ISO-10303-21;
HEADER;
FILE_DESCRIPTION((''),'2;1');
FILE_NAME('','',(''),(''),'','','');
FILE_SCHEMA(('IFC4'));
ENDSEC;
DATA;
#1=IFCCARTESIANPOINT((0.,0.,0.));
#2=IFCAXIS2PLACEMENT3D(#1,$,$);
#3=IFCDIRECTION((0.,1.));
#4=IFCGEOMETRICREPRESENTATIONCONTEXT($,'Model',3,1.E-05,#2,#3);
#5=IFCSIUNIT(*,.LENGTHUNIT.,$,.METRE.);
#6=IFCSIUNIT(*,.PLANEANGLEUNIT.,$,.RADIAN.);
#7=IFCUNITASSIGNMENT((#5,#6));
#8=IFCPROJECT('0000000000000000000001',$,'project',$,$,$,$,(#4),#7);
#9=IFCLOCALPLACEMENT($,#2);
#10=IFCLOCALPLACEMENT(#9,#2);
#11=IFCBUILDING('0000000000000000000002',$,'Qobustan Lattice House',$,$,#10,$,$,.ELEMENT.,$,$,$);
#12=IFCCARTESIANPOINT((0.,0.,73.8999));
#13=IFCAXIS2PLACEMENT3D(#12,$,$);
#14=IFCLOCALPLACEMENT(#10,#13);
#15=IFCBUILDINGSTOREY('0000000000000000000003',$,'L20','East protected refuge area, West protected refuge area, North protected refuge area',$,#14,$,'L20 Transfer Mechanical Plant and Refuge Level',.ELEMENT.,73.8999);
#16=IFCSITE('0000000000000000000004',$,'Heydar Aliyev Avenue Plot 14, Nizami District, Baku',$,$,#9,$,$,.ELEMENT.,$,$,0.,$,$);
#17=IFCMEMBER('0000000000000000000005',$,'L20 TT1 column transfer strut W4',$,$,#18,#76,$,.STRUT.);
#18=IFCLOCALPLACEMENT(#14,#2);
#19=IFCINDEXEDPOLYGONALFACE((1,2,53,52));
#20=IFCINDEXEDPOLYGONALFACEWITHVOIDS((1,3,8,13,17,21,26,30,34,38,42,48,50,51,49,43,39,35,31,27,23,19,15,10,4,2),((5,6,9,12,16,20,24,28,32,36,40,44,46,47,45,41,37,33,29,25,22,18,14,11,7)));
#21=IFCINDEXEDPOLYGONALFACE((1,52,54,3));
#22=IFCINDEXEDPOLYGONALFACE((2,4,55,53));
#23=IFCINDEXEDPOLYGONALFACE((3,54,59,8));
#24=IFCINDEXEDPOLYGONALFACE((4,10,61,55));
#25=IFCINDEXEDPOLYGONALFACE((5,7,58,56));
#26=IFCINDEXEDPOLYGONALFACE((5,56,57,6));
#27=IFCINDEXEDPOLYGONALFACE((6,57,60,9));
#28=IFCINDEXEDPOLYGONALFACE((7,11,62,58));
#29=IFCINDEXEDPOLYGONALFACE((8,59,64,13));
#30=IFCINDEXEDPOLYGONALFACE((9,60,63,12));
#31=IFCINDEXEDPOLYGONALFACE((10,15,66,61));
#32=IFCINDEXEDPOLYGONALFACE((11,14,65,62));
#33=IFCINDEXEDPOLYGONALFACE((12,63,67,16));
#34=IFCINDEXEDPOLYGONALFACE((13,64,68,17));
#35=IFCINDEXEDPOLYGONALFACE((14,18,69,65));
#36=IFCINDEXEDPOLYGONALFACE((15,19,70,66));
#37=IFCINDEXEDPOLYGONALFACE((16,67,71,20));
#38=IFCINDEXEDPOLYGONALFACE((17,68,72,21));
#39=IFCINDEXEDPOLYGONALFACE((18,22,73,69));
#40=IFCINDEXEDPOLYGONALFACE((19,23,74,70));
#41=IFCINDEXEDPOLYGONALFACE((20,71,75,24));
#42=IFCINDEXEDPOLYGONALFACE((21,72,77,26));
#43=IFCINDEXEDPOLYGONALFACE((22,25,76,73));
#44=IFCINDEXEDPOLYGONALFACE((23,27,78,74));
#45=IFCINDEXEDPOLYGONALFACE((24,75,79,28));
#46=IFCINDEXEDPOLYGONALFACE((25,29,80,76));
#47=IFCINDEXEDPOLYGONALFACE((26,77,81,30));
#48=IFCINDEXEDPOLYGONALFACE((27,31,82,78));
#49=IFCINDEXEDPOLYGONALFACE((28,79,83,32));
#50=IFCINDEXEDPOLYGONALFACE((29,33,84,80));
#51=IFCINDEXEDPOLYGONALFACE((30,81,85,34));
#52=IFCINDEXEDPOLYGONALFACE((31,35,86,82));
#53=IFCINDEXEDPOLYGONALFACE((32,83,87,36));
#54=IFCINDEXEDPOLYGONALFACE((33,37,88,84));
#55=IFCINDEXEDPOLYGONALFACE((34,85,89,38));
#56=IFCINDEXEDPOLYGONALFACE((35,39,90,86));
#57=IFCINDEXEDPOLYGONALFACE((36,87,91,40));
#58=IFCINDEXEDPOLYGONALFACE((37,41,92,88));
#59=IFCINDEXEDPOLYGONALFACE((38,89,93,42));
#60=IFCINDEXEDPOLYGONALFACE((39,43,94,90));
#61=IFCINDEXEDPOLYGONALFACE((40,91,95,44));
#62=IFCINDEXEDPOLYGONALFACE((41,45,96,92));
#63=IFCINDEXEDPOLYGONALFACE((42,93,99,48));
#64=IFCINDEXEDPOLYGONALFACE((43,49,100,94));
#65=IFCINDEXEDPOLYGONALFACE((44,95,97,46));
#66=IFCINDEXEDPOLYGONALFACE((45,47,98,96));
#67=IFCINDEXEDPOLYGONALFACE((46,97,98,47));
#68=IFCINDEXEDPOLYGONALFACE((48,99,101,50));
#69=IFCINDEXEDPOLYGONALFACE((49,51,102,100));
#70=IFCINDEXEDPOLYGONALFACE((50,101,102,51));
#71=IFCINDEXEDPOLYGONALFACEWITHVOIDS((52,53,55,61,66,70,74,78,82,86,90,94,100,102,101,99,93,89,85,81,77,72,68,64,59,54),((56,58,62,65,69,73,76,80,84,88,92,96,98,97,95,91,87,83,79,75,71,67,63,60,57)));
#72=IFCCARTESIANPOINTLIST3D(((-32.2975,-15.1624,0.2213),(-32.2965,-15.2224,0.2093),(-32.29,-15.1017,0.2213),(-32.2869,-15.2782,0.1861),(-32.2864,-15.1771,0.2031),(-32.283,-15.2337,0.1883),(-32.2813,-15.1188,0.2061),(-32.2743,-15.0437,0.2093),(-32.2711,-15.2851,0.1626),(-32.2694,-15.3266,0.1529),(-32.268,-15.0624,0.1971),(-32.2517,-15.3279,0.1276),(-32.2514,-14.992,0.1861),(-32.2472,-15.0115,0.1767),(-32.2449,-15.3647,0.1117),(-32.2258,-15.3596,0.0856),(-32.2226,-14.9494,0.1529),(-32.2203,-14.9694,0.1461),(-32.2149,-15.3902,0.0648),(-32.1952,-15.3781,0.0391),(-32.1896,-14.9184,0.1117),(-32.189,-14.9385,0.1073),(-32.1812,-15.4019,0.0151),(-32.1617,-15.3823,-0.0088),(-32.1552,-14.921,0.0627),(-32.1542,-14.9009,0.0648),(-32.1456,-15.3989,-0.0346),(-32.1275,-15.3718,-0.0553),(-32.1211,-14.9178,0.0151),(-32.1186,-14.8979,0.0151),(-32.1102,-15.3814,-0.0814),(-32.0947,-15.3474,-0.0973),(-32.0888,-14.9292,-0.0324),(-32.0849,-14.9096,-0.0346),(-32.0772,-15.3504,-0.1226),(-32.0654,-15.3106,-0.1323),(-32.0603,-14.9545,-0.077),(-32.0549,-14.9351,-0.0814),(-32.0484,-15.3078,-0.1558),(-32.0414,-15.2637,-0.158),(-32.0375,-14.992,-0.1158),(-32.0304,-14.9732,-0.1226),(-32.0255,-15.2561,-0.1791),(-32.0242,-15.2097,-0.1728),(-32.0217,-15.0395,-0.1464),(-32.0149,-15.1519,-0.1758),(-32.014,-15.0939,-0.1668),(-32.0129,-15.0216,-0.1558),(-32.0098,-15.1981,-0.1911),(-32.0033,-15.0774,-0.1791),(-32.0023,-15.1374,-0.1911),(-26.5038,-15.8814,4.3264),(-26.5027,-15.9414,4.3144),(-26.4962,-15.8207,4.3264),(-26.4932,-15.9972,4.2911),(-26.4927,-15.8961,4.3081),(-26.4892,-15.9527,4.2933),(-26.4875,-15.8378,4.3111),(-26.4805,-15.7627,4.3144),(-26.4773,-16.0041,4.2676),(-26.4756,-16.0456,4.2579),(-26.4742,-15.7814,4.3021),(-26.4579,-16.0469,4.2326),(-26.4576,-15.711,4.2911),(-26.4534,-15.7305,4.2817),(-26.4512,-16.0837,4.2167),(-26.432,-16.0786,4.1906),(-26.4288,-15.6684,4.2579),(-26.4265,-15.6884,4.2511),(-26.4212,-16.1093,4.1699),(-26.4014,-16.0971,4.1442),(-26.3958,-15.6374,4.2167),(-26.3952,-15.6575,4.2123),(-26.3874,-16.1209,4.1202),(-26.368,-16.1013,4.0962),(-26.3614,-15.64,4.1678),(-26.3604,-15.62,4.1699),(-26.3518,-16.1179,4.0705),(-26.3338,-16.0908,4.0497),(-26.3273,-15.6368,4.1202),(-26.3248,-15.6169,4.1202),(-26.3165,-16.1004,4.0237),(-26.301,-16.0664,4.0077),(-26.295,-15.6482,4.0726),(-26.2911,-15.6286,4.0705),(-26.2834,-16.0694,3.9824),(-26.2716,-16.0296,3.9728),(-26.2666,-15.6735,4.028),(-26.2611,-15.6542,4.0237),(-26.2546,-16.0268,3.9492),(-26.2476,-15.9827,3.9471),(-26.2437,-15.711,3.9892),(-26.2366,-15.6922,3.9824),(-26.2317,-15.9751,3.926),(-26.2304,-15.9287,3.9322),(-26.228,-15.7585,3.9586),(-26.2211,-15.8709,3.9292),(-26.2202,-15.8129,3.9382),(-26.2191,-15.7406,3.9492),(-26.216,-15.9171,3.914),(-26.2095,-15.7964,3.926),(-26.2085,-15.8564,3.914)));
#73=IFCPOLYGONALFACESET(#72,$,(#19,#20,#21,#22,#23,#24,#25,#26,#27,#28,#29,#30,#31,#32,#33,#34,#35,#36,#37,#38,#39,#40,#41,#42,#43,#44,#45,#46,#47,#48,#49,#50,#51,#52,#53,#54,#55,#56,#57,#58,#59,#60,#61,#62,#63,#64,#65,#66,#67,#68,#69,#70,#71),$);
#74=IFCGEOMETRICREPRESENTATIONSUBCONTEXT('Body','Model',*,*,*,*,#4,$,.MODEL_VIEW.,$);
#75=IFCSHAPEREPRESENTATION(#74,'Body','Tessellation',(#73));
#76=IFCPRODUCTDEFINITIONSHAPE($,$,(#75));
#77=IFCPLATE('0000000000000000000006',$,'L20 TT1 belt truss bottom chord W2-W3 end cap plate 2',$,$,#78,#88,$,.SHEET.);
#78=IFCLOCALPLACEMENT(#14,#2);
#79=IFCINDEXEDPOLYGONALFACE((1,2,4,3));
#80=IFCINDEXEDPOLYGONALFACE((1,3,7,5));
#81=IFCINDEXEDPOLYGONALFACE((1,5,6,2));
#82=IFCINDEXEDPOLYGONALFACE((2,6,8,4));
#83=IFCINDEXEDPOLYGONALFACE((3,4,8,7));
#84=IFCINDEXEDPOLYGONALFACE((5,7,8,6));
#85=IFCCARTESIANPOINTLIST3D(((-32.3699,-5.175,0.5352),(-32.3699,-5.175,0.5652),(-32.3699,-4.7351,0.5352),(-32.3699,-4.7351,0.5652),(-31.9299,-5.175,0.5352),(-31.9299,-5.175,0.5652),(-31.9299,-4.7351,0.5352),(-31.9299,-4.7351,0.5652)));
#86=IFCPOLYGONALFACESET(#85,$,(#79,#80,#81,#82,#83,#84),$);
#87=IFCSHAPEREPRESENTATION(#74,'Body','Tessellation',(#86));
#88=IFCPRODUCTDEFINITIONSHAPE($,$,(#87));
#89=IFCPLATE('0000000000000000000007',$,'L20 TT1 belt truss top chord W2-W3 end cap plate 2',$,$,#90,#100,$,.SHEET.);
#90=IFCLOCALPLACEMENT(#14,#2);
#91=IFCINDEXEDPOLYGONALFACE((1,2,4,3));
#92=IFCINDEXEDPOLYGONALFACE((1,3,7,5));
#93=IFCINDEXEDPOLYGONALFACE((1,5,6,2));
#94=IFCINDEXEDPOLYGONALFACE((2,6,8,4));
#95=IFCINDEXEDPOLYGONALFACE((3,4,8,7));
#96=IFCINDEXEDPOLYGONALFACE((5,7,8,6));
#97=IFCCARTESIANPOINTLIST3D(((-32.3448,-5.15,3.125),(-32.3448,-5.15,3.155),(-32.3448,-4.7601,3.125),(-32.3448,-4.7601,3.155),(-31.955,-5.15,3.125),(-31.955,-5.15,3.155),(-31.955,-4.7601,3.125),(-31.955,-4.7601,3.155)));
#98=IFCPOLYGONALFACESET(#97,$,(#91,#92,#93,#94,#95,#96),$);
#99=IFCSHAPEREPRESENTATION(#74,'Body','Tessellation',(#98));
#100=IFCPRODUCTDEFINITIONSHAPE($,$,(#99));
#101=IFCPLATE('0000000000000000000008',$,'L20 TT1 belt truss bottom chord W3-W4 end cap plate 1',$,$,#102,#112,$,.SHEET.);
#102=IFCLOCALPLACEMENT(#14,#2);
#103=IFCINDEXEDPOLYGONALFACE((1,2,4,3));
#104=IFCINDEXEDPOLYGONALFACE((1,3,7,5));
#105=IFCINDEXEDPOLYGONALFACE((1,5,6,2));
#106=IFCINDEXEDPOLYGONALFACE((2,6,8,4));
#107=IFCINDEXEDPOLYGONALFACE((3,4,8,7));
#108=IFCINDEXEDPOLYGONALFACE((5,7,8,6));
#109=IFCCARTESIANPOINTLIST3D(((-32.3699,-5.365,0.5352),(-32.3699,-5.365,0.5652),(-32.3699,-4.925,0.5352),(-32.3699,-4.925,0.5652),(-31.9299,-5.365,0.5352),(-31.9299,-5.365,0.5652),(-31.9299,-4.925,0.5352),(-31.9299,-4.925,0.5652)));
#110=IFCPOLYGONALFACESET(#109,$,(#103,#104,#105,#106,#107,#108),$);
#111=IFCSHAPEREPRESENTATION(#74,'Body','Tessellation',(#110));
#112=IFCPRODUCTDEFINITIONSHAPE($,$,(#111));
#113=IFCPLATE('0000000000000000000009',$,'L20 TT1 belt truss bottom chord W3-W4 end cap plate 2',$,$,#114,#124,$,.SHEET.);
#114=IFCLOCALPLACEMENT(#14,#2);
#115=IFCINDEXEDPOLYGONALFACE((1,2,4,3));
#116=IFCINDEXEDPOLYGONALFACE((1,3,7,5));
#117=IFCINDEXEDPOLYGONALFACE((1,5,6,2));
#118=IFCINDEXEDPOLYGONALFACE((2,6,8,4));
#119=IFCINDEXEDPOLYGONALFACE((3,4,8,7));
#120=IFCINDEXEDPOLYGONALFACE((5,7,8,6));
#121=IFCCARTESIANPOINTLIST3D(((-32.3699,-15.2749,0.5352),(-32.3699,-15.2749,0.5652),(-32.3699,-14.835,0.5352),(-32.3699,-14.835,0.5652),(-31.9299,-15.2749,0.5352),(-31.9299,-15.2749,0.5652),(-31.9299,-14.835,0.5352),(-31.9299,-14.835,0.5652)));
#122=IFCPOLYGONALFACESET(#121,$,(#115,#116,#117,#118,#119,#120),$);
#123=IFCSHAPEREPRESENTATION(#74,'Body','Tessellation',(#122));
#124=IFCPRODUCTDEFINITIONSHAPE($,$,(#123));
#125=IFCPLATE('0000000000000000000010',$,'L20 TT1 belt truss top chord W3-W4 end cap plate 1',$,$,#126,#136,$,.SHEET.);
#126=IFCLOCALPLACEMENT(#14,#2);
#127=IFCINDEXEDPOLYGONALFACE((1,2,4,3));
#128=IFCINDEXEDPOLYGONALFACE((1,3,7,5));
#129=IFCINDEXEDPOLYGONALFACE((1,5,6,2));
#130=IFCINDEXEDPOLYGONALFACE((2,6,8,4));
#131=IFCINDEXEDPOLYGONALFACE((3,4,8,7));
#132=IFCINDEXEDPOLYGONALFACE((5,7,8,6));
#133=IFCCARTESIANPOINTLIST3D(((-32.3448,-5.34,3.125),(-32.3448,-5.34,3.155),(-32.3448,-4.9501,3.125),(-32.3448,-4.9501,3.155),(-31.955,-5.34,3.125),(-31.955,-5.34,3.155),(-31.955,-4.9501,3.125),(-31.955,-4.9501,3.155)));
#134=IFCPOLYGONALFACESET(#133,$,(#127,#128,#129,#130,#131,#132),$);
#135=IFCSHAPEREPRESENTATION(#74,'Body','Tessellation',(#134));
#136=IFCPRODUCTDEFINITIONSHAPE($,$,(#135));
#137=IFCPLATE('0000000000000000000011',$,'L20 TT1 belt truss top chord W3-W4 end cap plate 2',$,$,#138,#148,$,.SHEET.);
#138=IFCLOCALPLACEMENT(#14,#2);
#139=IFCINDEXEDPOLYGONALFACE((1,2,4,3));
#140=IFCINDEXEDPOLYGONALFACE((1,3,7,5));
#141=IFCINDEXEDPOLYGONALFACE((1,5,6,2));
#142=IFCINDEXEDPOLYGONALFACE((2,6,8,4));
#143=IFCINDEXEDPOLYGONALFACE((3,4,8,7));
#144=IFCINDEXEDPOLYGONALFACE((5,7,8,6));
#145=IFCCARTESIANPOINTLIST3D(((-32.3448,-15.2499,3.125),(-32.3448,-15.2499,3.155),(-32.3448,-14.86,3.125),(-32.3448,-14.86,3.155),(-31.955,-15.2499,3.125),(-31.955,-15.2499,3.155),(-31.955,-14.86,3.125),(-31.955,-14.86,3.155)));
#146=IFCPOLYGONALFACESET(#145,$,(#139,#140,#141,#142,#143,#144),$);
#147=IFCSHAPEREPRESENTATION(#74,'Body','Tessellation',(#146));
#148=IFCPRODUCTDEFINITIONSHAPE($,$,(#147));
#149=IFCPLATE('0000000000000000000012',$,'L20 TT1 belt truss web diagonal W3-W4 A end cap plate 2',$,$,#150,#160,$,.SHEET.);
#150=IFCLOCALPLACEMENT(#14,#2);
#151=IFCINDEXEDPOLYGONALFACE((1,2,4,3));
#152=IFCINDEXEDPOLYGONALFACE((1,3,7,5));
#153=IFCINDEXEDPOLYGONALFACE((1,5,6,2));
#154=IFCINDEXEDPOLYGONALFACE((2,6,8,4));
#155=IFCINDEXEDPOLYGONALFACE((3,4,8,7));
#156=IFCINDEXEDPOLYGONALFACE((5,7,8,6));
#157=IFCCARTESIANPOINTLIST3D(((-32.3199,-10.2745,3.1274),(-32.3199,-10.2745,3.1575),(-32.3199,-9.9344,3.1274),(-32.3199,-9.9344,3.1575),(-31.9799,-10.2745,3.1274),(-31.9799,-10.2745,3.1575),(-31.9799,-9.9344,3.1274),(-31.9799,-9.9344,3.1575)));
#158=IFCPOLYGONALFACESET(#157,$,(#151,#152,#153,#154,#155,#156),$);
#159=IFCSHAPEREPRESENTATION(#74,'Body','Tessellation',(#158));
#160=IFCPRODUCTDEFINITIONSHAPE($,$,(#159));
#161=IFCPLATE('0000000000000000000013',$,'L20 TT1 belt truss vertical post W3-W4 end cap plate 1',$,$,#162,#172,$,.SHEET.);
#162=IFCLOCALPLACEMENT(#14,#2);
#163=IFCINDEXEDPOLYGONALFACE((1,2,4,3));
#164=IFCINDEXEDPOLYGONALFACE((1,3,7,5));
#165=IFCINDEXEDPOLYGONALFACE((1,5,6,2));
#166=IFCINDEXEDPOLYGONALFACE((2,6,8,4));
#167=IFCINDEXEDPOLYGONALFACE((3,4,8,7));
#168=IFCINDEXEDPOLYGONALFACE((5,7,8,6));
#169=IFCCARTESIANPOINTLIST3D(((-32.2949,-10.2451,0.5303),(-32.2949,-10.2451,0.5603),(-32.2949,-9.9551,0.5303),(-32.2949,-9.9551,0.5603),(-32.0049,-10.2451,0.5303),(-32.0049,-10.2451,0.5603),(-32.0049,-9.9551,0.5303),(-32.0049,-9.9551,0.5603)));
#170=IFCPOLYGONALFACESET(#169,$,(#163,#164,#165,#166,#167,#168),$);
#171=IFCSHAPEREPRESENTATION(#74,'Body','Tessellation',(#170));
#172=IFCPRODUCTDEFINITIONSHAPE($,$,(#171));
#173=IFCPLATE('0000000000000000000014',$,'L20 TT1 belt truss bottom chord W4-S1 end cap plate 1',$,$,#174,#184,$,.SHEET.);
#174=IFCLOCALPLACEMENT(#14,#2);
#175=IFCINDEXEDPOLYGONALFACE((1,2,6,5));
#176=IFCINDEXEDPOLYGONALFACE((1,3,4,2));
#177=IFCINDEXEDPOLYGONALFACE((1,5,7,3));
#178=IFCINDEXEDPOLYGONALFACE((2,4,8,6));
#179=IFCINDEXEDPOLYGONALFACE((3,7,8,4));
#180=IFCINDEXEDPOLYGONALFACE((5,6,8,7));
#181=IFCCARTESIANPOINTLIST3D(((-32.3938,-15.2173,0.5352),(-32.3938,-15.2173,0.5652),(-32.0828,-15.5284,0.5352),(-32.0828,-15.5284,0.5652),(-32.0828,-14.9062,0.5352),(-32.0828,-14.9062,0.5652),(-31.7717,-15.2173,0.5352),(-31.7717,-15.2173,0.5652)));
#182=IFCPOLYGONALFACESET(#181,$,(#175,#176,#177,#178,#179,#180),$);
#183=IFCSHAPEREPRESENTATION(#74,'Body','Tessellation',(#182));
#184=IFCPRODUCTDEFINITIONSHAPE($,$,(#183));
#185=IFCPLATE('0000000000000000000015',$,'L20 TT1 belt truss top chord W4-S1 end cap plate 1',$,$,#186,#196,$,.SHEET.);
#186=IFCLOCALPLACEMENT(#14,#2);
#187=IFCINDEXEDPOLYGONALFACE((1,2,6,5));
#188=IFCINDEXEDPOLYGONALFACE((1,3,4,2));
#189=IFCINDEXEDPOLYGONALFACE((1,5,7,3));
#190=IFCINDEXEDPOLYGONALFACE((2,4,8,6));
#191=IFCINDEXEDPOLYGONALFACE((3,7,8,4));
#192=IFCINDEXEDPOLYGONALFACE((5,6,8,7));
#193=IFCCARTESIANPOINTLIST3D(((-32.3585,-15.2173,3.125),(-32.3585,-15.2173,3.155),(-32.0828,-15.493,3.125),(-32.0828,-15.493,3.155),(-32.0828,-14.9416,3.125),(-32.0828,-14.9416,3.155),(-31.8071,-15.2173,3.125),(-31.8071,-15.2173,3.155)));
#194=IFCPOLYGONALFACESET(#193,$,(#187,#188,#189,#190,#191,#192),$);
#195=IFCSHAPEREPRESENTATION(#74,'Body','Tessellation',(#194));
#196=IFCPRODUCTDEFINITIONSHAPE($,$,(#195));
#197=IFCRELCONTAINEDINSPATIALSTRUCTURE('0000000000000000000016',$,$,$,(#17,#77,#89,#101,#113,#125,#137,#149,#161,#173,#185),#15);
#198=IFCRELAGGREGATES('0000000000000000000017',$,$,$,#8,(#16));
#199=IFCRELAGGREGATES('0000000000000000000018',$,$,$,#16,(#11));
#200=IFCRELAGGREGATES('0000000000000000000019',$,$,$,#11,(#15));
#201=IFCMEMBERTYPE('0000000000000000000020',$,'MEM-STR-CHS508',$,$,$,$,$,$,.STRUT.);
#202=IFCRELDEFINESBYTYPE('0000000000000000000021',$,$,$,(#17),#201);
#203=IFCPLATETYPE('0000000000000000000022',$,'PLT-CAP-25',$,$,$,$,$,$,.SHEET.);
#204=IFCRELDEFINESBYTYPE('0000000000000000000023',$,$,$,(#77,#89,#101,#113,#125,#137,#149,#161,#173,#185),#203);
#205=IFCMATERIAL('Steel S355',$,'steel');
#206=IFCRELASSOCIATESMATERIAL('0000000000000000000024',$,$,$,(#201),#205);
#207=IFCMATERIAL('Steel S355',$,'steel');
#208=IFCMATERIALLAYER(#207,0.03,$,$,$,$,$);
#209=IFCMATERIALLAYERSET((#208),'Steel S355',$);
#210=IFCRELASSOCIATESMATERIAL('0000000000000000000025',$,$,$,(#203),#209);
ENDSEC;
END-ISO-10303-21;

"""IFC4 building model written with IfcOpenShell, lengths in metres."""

from ifc_helpers import new_model, si_unit, direction, frame, origin, origin_2d, place, context, subcontext, project, spatial, rectangle, hollow_circle, extrude, material, layer, layer_set, material_profile, profile_set, type_object, element, save


model = new_model("IFC4")

# Units and contexts
model_context = context("Model", 3, precision=1e-05, world=origin(), true_north=direction((0.0, 1.0)))
body_context = subcontext(model_context, "Body", "Model", "MODEL_VIEW")
ifc_project = project(units=[si_unit("LENGTHUNIT", "METRE"), si_unit("PLANEANGLEUNIT", "RADIAN")], contexts=[model_context])

# Site, building, storey
site_placement = place(None, origin())
site = spatial("IfcSite", under=ifc_project, at=site_placement, Name="Heydar Aliyev Avenue Plot 14, Nizami District, Baku", CompositionType="ELEMENT", RefElevation=0.0)
building_placement = place(site_placement, origin())
building = spatial("IfcBuilding", under=site, at=building_placement, Name="Qobustan Lattice House", CompositionType="ELEMENT")
storey_placement = place(building_placement, frame((0.0, 0.0, 73.8999)))
storey = spatial("IfcBuildingStorey", under=building, at=storey_placement, Name="L20", Description="East protected refuge area, West protected refuge area, North protected refuge area", LongName="L20 Transfer Mechanical Plant and Refuge Level", CompositionType="ELEMENT", Elevation=73.8999)

# Member
ifc_material_1 = material(Name="Steel S355", Category="steel")
ifc_material_profile_1 = material_profile(ifc_material_1, hollow_circle(Radius=0.2539, WallThickness=0.02, at=origin_2d()), Name="CHS508x20")
ifc_profile_set_1 = profile_set([ifc_material_profile_1], Name="Steel S355")
member_type_1 = type_object("IfcMemberType", Name="MEM-STR-CHS508", PredefinedType="STRUT", material=ifc_profile_set_1)
member_1_placement = place(storey_placement, frame((-32.1499, -15.1499, 0.0151), z_axis=(0.8118, -0.100744, 0.57518), x_axis=(0.123155, 0.992388, 0.0)))
element("IfcMember", 1, at=member_1_placement, inside=storey, type_object=member_type_1, Name="L20 TT1 column transfer strut W4", PredefinedType="STRUT", context=body_context, shape_type="SweptSolid", body=[
    extrude(hollow_circle(Radius=0.2539, WallThickness=0.02, at=origin_2d()), origin(), (0.0, 0.0, 1.0), 7.137),
])

# Plates
ifc_material_2 = material(Name="Steel S355", Category="steel")
ifc_layer_1 = layer(ifc_material_2, 0.03)
ifc_layer_set_1 = layer_set([ifc_layer_1], Name="Steel S355")
plate_type = type_object("IfcPlateType", Name="PLT-CAP-25", PredefinedType="SHEET", material=ifc_layer_set_1)
plate_1_placement = place(storey_placement, frame((-32.1499, -4.9551, 0.5352), z_axis=(0.0, 0.0, 1.0), x_axis=(0.0, -1.0, 0.0)))
element("IfcPlate", 2, at=plate_1_placement, inside=storey, type_object=plate_type, Name="L20 TT1 belt truss bottom chord W2-W3 end cap plate 2", PredefinedType="SHEET", context=body_context, shape_type="SweptSolid", body=[
    extrude(rectangle(XDim=0.4399, YDim=0.4399, at=origin_2d()), origin(), (0.0, 0.0, 1.0), 0.03),
])
plate_2_placement = place(storey_placement, frame((-32.1499, -4.9551, 3.125), z_axis=(0.0, 0.0, 1.0), x_axis=(0.0, -1.0, 0.0)))
element("IfcPlate", 3, at=plate_2_placement, inside=storey, type_object=plate_type, Name="L20 TT1 belt truss top chord W2-W3 end cap plate 2", PredefinedType="SHEET", context=body_context, shape_type="SweptSolid", body=[
    extrude(rectangle(XDim=0.3899, YDim=0.3899, at=origin_2d()), origin(), (0.0, 0.0, 1.0), 0.03),
])
for number, where, z_axis, x_axis, name in (
    (4, (-32.1499, -5.145, 0.5352), (0.0, 0.0, 1.0), (0.0, -1.0, 0.0), "L20 TT1 belt truss bottom chord W3-W4 end cap plate 1"),
    (5, (-32.1499, -15.0549, 0.5352), (0.0, 0.0, 1.0), (0.0, -1.0, 0.0), "L20 TT1 belt truss bottom chord W3-W4 end cap plate 2"),
):
    element("IfcPlate", number, at=place(storey_placement, frame(where, z_axis=z_axis, x_axis=x_axis)), inside=storey, type_object=plate_type, Name=name, PredefinedType="SHEET", context=body_context, shape_type="SweptSolid", body=[
        extrude(rectangle(XDim=0.4399, YDim=0.4399, at=origin_2d()), origin(), (0.0, 0.0, 1.0), 0.03),
    ])
for number, where, z_axis, x_axis, name in (
    (6, (-32.1499, -5.145, 3.125), (0.0, 0.0, 1.0), (0.0, -1.0, 0.0), "L20 TT1 belt truss top chord W3-W4 end cap plate 1"),
    (7, (-32.1499, -15.0549, 3.125), (0.0, 0.0, 1.0), (0.0, -1.0, 0.0), "L20 TT1 belt truss top chord W3-W4 end cap plate 2"),
):
    element("IfcPlate", number, at=place(storey_placement, frame(where, z_axis=z_axis, x_axis=x_axis)), inside=storey, type_object=plate_type, Name=name, PredefinedType="SHEET", context=body_context, shape_type="SweptSolid", body=[
        extrude(rectangle(XDim=0.3899, YDim=0.3899, at=origin_2d()), origin(), (0.0, 0.0, 1.0), 0.03),
    ])
plate_3_placement = place(storey_placement, frame((-32.1499, -10.1045, 3.1274), z_axis=(0.0, 0.0, 1.0), x_axis=(0.0, -1.0, 0.0)))
element("IfcPlate", 8, at=plate_3_placement, inside=storey, type_object=plate_type, Name="L20 TT1 belt truss web diagonal W3-W4 A end cap plate 2", PredefinedType="SHEET", context=body_context, shape_type="SweptSolid", body=[
    extrude(rectangle(XDim=0.3401, YDim=0.3401, at=origin_2d()), origin(), (0.0, 0.0, 1.0), 0.03),
])
plate_4_placement = place(storey_placement, frame((-32.1499, -10.1001, 0.5303), z_axis=(0.0, 0.0, 1.0), x_axis=(1.0, 0.0, 0.0)))
element("IfcPlate", 9, at=plate_4_placement, inside=storey, type_object=plate_type, Name="L20 TT1 belt truss vertical post W3-W4 end cap plate 1", PredefinedType="SHEET", context=body_context, shape_type="SweptSolid", body=[
    extrude(rectangle(XDim=0.29, YDim=0.29, at=origin_2d()), origin(), (0.0, 0.0, 1.0), 0.03),
])
plate_5_placement = place(storey_placement, frame((-32.0828, -15.2173, 0.5352), z_axis=(0.0, 0.0, 1.0), x_axis=(0.707107, -0.707107, 0.0)))
element("IfcPlate", 10, at=plate_5_placement, inside=storey, type_object=plate_type, Name="L20 TT1 belt truss bottom chord W4-S1 end cap plate 1", PredefinedType="SHEET", context=body_context, shape_type="SweptSolid", body=[
    extrude(rectangle(XDim=0.4399, YDim=0.4399, at=origin_2d()), origin(), (0.0, 0.0, 1.0), 0.03),
])
plate_6_placement = place(storey_placement, frame((-32.0828, -15.2173, 3.125), z_axis=(0.0, 0.0, 1.0), x_axis=(0.707107, -0.707107, 0.0)))
element("IfcPlate", 11, at=plate_6_placement, inside=storey, type_object=plate_type, Name="L20 TT1 belt truss top chord W4-S1 end cap plate 1", PredefinedType="SHEET", context=body_context, shape_type="SweptSolid", body=[
    extrude(rectangle(XDim=0.3899, YDim=0.3899, at=origin_2d()), origin(), (0.0, 0.0, 1.0), 0.03),
])

save(model, "model.ifc")
